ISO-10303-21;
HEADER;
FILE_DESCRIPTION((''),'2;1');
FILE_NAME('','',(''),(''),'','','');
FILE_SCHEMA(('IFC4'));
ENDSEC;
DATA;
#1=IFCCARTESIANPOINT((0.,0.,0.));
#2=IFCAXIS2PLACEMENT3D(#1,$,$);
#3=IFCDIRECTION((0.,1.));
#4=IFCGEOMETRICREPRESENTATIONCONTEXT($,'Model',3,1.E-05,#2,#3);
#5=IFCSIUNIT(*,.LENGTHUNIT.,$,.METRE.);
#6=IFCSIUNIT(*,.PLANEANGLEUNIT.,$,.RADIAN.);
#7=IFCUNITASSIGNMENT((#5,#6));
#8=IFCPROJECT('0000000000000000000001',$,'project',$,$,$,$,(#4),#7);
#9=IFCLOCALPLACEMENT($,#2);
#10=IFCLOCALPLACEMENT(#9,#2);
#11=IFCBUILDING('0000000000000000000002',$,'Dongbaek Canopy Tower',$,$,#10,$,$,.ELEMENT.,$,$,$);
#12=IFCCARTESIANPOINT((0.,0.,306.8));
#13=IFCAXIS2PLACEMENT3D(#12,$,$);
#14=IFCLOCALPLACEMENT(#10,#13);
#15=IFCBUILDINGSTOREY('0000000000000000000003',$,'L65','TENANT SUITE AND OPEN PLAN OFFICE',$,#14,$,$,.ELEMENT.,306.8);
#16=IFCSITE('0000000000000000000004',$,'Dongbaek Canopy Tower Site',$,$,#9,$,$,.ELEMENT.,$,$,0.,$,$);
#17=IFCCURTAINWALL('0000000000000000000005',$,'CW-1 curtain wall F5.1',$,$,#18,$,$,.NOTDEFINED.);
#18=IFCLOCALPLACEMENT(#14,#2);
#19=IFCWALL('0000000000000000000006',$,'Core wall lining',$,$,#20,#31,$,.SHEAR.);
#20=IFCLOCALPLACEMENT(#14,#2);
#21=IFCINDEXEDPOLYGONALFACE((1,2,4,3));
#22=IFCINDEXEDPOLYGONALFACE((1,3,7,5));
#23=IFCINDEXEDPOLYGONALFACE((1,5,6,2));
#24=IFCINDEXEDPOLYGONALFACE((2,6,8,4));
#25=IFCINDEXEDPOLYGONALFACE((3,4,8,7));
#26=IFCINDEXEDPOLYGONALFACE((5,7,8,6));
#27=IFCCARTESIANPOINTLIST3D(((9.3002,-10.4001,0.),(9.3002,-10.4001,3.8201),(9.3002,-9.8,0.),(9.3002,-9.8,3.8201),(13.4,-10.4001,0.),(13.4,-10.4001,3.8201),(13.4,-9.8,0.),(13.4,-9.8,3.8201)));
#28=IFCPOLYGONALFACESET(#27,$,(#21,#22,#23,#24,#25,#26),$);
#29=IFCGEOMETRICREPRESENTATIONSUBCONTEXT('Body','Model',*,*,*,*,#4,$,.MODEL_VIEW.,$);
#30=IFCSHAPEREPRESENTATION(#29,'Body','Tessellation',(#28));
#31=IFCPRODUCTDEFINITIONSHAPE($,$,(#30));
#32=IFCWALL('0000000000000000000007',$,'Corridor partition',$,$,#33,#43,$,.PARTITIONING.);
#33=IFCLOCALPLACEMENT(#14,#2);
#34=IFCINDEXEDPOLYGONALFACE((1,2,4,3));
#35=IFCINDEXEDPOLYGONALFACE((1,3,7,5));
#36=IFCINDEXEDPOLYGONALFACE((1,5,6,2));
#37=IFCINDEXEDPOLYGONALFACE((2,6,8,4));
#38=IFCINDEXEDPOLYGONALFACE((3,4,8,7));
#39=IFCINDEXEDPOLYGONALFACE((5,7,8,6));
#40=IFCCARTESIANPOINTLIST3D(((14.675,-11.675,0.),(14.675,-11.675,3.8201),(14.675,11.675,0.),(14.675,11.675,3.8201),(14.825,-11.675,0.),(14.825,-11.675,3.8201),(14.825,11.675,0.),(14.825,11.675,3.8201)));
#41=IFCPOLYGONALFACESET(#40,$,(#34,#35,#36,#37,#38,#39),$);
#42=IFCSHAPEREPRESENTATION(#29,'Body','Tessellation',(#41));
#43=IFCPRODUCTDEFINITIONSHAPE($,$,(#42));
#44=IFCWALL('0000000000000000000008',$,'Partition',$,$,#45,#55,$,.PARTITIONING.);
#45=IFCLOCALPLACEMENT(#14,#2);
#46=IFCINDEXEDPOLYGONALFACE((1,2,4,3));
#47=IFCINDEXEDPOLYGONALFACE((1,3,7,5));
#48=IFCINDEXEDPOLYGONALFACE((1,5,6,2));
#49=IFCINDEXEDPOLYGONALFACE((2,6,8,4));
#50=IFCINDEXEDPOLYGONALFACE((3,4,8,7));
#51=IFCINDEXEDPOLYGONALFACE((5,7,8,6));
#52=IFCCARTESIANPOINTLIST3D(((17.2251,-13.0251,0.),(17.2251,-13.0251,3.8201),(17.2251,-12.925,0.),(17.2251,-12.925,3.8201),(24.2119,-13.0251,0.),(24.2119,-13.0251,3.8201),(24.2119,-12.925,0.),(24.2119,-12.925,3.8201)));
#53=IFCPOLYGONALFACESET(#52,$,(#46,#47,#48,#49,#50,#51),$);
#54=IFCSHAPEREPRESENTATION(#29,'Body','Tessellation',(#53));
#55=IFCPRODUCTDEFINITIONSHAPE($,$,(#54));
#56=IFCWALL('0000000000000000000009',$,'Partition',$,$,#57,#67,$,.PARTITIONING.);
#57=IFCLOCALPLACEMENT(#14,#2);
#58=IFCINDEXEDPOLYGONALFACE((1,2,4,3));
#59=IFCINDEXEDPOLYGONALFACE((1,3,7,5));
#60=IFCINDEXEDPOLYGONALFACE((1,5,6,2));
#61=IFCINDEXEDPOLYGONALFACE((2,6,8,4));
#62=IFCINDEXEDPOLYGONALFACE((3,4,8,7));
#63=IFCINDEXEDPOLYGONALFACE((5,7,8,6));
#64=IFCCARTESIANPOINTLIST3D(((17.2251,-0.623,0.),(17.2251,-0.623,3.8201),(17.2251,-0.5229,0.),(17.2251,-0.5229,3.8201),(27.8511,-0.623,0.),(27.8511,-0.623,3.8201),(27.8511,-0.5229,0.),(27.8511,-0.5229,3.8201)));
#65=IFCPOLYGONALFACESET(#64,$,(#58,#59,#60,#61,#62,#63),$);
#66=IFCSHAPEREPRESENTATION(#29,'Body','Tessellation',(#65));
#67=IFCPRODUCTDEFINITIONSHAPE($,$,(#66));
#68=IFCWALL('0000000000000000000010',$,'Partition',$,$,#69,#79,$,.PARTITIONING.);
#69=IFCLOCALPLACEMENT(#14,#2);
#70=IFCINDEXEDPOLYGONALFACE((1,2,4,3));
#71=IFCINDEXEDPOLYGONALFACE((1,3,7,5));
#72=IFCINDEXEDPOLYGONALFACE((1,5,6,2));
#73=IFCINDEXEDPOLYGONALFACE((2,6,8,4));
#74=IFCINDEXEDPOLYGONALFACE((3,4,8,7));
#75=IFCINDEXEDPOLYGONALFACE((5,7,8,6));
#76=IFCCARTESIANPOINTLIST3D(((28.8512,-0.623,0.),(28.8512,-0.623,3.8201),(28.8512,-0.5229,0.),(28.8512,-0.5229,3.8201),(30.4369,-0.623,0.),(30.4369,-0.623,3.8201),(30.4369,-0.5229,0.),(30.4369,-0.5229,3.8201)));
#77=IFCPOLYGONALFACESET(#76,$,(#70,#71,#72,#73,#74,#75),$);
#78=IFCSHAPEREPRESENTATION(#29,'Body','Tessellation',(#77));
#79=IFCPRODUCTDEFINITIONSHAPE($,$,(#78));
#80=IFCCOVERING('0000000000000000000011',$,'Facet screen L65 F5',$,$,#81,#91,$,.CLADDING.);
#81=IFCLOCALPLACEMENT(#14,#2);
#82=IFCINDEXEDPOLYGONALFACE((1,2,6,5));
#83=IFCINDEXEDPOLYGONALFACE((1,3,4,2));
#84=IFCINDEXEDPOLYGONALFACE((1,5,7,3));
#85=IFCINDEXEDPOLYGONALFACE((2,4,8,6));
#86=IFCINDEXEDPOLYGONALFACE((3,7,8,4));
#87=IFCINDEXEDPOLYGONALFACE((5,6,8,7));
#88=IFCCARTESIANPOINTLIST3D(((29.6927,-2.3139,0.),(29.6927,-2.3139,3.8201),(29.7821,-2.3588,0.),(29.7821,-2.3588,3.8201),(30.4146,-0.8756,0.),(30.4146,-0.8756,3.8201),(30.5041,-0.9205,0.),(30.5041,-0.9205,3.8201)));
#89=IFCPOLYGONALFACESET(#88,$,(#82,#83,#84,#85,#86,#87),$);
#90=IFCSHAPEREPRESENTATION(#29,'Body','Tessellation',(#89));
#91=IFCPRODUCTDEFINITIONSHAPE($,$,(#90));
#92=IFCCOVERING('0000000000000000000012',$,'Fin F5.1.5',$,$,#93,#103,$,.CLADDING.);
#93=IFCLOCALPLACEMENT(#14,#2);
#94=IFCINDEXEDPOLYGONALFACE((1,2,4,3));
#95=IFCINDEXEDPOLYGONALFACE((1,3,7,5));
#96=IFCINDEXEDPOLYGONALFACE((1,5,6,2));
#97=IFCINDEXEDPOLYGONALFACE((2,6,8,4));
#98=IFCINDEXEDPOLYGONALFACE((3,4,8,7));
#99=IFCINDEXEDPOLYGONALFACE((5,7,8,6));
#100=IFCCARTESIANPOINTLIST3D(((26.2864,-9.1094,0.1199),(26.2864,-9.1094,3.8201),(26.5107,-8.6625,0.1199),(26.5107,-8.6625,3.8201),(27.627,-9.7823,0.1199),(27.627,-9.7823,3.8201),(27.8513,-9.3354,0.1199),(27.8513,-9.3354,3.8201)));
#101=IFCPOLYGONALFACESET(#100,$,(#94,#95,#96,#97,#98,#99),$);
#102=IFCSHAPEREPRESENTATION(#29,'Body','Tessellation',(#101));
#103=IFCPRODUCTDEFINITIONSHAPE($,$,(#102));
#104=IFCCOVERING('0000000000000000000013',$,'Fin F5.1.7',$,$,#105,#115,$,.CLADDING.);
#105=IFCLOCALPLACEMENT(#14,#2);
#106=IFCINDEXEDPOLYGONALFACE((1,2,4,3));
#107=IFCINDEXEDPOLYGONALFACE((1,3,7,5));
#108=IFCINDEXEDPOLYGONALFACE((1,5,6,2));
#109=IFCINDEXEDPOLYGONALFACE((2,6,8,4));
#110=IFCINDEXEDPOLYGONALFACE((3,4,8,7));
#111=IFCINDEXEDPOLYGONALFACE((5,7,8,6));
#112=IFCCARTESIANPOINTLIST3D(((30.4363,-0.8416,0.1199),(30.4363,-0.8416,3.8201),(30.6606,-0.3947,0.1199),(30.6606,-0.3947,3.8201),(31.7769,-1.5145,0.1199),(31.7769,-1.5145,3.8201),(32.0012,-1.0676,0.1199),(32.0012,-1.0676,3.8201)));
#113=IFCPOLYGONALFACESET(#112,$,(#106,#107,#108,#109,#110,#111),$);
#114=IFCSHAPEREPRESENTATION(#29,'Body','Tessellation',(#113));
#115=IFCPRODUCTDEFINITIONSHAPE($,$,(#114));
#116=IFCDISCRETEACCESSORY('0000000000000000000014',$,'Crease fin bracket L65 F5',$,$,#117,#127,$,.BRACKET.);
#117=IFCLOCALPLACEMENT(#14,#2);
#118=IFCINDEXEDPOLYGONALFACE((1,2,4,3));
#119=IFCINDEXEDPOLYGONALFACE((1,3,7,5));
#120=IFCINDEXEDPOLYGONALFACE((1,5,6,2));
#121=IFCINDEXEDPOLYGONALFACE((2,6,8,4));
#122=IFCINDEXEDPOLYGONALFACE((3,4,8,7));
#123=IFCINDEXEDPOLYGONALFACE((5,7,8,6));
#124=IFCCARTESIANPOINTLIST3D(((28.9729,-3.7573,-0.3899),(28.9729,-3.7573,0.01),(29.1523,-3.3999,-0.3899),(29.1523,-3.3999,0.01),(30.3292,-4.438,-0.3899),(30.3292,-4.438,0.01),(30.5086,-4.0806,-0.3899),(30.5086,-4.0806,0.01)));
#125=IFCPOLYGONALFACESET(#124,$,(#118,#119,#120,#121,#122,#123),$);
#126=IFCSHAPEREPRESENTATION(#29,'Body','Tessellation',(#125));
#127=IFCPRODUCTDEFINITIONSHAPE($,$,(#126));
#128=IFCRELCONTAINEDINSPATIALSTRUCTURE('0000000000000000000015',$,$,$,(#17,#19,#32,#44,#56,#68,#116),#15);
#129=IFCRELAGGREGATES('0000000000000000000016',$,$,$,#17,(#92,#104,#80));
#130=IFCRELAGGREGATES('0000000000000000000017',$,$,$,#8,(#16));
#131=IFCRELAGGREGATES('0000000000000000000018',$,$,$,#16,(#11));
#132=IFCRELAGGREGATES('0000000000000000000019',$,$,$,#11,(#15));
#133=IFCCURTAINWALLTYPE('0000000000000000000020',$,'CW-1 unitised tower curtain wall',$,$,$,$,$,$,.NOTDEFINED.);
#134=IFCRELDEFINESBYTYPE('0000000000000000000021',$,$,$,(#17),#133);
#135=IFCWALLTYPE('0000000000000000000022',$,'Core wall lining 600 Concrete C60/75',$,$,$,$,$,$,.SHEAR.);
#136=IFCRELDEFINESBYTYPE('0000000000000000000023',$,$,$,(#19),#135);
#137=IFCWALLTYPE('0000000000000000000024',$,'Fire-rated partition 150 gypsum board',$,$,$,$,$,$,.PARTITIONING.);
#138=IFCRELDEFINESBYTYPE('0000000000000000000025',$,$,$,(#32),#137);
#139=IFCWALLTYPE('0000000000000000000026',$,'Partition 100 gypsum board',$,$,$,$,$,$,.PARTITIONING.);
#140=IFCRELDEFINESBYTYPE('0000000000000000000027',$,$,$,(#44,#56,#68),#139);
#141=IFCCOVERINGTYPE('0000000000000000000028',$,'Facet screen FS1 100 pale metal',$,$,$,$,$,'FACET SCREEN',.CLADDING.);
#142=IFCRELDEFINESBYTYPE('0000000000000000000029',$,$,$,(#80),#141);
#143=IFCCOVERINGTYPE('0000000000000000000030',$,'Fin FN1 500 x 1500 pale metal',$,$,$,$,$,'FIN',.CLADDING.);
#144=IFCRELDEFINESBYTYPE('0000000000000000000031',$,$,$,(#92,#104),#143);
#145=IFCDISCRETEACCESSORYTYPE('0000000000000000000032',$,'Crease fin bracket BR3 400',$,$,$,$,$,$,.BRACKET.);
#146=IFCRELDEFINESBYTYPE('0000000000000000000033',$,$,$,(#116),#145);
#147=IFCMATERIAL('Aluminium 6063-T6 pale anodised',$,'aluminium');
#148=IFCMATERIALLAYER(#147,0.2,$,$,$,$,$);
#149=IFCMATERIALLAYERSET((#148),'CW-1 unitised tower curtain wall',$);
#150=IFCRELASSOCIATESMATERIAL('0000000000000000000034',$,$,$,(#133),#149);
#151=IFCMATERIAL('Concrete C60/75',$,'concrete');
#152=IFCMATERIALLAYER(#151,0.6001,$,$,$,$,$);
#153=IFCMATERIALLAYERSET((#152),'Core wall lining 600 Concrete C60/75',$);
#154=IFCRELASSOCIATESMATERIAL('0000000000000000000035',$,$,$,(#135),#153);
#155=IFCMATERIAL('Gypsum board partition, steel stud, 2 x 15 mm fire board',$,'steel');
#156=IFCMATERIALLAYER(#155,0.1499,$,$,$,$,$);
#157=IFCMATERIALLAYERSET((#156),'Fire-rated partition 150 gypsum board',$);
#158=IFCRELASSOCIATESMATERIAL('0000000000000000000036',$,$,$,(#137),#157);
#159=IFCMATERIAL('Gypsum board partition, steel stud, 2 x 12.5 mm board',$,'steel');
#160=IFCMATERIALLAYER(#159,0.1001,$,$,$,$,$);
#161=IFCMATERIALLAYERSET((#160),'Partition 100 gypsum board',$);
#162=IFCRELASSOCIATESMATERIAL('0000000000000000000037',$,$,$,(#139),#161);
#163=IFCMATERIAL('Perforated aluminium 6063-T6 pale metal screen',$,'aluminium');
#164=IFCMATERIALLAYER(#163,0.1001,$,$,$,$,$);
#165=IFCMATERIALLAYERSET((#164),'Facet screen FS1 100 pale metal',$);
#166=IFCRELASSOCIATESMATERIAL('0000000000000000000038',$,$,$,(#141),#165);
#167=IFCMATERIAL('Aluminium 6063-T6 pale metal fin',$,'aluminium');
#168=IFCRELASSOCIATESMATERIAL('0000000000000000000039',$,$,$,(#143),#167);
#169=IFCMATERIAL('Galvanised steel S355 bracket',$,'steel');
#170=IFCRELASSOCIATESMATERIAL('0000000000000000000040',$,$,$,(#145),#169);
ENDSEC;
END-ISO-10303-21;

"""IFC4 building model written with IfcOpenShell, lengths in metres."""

from ifc_helpers import new_model, si_unit, direction, frame, frame_2d, origin, origin_2d, place, context, subcontext, project, spatial, rectangle, extrude, material, layer, layer_set, material_profile, profile_set, type_object, element, aggregate, save


model = new_model("IFC4")

# Units and contexts
model_context = context("Model", 3, precision=1e-05, world=origin(), true_north=direction((0.0, 1.0)))
body_context = subcontext(model_context, "Body", "Model", "MODEL_VIEW")
ifc_project = project(units=[si_unit("LENGTHUNIT", "METRE"), si_unit("PLANEANGLEUNIT", "RADIAN")], contexts=[model_context])

# Site, building, storey
site_placement = place(None, origin())
site = spatial("IfcSite", under=ifc_project, at=site_placement, Name="Dongbaek Canopy Tower Site", CompositionType="ELEMENT", RefElevation=0.0)
building_placement = place(site_placement, origin())
building = spatial("IfcBuilding", under=site, at=building_placement, Name="Dongbaek Canopy Tower", CompositionType="ELEMENT")
storey_placement = place(building_placement, frame((0.0, 0.0, 306.8)))
storey = spatial("IfcBuildingStorey", under=building, at=storey_placement, Name="L65", Description="TENANT SUITE AND OPEN PLAN OFFICE", CompositionType="ELEMENT", Elevation=306.8)

# Curtain wall
ifc_material_1 = material(Name="Aluminium 6063-T6 pale anodised", Category="aluminium")
ifc_layer_1 = layer(ifc_material_1, 0.2)
ifc_layer_set_1 = layer_set([ifc_layer_1], Name="CW-1 unitised tower curtain wall")
curtain_wall_type = type_object("IfcCurtainWallType", Name="CW-1 unitised tower curtain wall", PredefinedType="NOTDEFINED", material=ifc_layer_set_1)
curtain_wall_placement = place(storey_placement, origin())
curtain_wall = element("IfcCurtainWall", 1, at=curtain_wall_placement, inside=storey, type_object=curtain_wall_type, Name="CW-1 curtain wall F5.1", PredefinedType="NOTDEFINED")

# Walls
ifc_material_2 = material(Name="Concrete C60/75", Category="concrete")
ifc_layer_2 = layer(ifc_material_2, 0.6001)
ifc_layer_set_2 = layer_set([ifc_layer_2], Name="Core wall lining 600 Concrete C60/75")
wall_type_1 = type_object("IfcWallType", Name="Core wall lining 600 Concrete C60/75", PredefinedType="SHEAR", material=ifc_layer_set_2)
wall_1_placement = place(storey_placement, frame((13.3999, -10.1001, 0.0), z_axis=(0.0, 0.0, 1.0), x_axis=(-1.0, 0.0, 0.0)))
element("IfcWall", 2, at=wall_1_placement, inside=storey, type_object=wall_type_1, Name="Core wall lining", PredefinedType="SHEAR", context=body_context, shape_type="SweptSolid", body=[
    extrude(rectangle(XDim=4.0999, YDim=0.6001, at=frame_2d((2.0498, 0.0))), origin(), (0.0, 0.0, 1.0), 3.8201),
])
ifc_material_3 = material(Name="Gypsum board partition, steel stud, 2 x 15 mm fire board", Category="steel")
ifc_layer_3 = layer(ifc_material_3, 0.1499)
ifc_layer_set_3 = layer_set([ifc_layer_3], Name="Fire-rated partition 150 gypsum board")
wall_type_2 = type_object("IfcWallType", Name="Fire-rated partition 150 gypsum board", PredefinedType="PARTITIONING", material=ifc_layer_set_3)
wall_2_placement = place(storey_placement, frame((14.75, -11.675, 0.0), z_axis=(0.0, 0.0, 1.0), x_axis=(0.0, 1.0, 0.0)))
element("IfcWall", 3, at=wall_2_placement, inside=storey, type_object=wall_type_2, Name="Corridor partition", PredefinedType="PARTITIONING", context=body_context, shape_type="SweptSolid", body=[
    extrude(rectangle(XDim=23.3501, YDim=0.1499, at=frame_2d((11.675, 0.0))), origin(), (0.0, 0.0, 1.0), 3.8201),
])
ifc_material_4 = material(Name="Gypsum board partition, steel stud, 2 x 12.5 mm board", Category="steel")
ifc_layer_4 = layer(ifc_material_4, 0.1001)
ifc_layer_set_4 = layer_set([ifc_layer_4], Name="Partition 100 gypsum board")
wall_type_3 = type_object("IfcWallType", Name="Partition 100 gypsum board", PredefinedType="PARTITIONING", material=ifc_layer_set_4)
wall_3_placement = place(storey_placement, frame((17.2251, -12.9751, 0.0), z_axis=(0.0, 0.0, 1.0), x_axis=(1.0, 0.0, 0.0)))
element("IfcWall", 4, at=wall_3_placement, inside=storey, type_object=wall_type_3, Name="Partition", PredefinedType="PARTITIONING", context=body_context, shape_type="SweptSolid", body=[
    extrude(rectangle(XDim=6.9868, YDim=0.1001, at=frame_2d((3.4934, 0.0))), origin(), (0.0, 0.0, 1.0), 3.8201),
])
wall_4_placement = place(storey_placement, frame((17.2251, -0.573, 0.0), z_axis=(0.0, 0.0, 1.0), x_axis=(1.0, 0.0, 0.0)))
element("IfcWall", 5, at=wall_4_placement, inside=storey, type_object=wall_type_3, Name="Partition", PredefinedType="PARTITIONING", context=body_context, shape_type="SweptSolid", body=[
    extrude(rectangle(XDim=10.626, YDim=0.1001, at=frame_2d((5.313, 0.0))), origin(), (0.0, 0.0, 1.0), 3.8201),
])
wall_5_placement = place(storey_placement, frame((28.8511, -0.573, 0.0), z_axis=(0.0, 0.0, 1.0), x_axis=(1.0, 0.0, 0.0)))
element("IfcWall", 6, at=wall_5_placement, inside=storey, type_object=wall_type_3, Name="Partition", PredefinedType="PARTITIONING", context=body_context, shape_type="SweptSolid", body=[
    extrude(rectangle(XDim=1.5857, YDim=0.1001, at=frame_2d((0.793, 0.0))), origin(), (0.0, 0.0, 1.0), 3.8201),
])

# Coverings
ifc_material_5 = material(Name="Perforated aluminium 6063-T6 pale metal screen", Category="aluminium")
ifc_layer_5 = layer(ifc_material_5, 0.1001)
ifc_layer_set_5 = layer_set([ifc_layer_5], Name="Facet screen FS1 100 pale metal")
covering_type_1 = type_object("IfcCoveringType", Name="Facet screen FS1 100 pale metal", ElementType="FACET SCREEN", PredefinedType="CLADDING", material=ifc_layer_set_5)
covering_1_placement = place(storey_placement, frame((30.0984, -1.6172, 0.0), z_axis=(0.0, 0.0, 1.0), x_axis=(0.448598, 0.893733, 0.0)))
covering_1 = element("IfcCovering", 7, at=covering_1_placement, type_object=covering_type_1, Name="Facet screen L65 F5", PredefinedType="CLADDING", context=body_context, shape_type="SweptSolid", body=[
    extrude(rectangle(XDim=1.6094, YDim=0.1001, at=origin_2d()), origin(), (0.0, 0.0, 1.0), 3.8201),
])
ifc_material_6 = material(Name="Aluminium 6063-T6 pale metal fin", Category="aluminium")
ifc_material_profile_1 = material_profile(ifc_material_6, rectangle(XDim=1.5, YDim=0.5, at=origin_2d()), Name="Fin FN1 500 x 1500 pale metal")
ifc_profile_set_1 = profile_set([ifc_material_profile_1], Name="Aluminium 6063-T6 pale metal fin")
covering_type_2 = type_object("IfcCoveringType", Name="Fin FN1 500 x 1500 pale metal", ElementType="FIN", PredefinedType="CLADDING", material=ifc_profile_set_1)
covering_2_placement = place(storey_placement, frame((27.0688, -9.2224, 0.1199), z_axis=(0.0, 0.0, 1.0), x_axis=(0.893733, -0.448598, 0.0)))
covering_2 = element("IfcCovering", 8, at=covering_2_placement, type_object=covering_type_2, Name="Fin F5.1.5", PredefinedType="CLADDING", context=body_context, shape_type="SweptSolid", body=[
    extrude(rectangle(XDim=1.5, YDim=0.5, at=origin_2d()), origin(), (0.0, 0.0, 1.0), 3.7002),
])
covering_3_placement = place(storey_placement, frame((31.2188, -0.9546, 0.1199), z_axis=(0.0, 0.0, 1.0), x_axis=(0.893733, -0.448598, 0.0)))
covering_3 = element("IfcCovering", 9, at=covering_3_placement, type_object=covering_type_2, Name="Fin F5.1.7", PredefinedType="CLADDING", context=body_context, shape_type="SweptSolid", body=[
    extrude(rectangle(XDim=1.5, YDim=0.5, at=origin_2d()), origin(), (0.0, 0.0, 1.0), 3.7002),
])
aggregate(curtain_wall, [covering_2, covering_3, covering_1])

# Discrete accessory
ifc_material_7 = material(Name="Galvanised steel S355 bracket", Category="steel")
discrete_accessory_type = type_object("IfcDiscreteAccessoryType", Name="Crease fin bracket BR3 400", PredefinedType="BRACKET", material=ifc_material_7)
discrete_accessory_placement = place(storey_placement, frame((29.7407, -3.9189, -0.3899), z_axis=(0.0, 0.0, 1.0), x_axis=(0.893733, -0.448598, 0.0)))
element("IfcDiscreteAccessory", 10, at=discrete_accessory_placement, inside=storey, type_object=discrete_accessory_type, Name="Crease fin bracket L65 F5", PredefinedType="BRACKET", context=body_context, shape_type="SweptSolid", body=[
    extrude(rectangle(XDim=1.5176, YDim=0.3999, at=origin_2d()), origin(), (0.0, 0.0, 1.0), 0.3999),
])

save(model, "model.ifc")
